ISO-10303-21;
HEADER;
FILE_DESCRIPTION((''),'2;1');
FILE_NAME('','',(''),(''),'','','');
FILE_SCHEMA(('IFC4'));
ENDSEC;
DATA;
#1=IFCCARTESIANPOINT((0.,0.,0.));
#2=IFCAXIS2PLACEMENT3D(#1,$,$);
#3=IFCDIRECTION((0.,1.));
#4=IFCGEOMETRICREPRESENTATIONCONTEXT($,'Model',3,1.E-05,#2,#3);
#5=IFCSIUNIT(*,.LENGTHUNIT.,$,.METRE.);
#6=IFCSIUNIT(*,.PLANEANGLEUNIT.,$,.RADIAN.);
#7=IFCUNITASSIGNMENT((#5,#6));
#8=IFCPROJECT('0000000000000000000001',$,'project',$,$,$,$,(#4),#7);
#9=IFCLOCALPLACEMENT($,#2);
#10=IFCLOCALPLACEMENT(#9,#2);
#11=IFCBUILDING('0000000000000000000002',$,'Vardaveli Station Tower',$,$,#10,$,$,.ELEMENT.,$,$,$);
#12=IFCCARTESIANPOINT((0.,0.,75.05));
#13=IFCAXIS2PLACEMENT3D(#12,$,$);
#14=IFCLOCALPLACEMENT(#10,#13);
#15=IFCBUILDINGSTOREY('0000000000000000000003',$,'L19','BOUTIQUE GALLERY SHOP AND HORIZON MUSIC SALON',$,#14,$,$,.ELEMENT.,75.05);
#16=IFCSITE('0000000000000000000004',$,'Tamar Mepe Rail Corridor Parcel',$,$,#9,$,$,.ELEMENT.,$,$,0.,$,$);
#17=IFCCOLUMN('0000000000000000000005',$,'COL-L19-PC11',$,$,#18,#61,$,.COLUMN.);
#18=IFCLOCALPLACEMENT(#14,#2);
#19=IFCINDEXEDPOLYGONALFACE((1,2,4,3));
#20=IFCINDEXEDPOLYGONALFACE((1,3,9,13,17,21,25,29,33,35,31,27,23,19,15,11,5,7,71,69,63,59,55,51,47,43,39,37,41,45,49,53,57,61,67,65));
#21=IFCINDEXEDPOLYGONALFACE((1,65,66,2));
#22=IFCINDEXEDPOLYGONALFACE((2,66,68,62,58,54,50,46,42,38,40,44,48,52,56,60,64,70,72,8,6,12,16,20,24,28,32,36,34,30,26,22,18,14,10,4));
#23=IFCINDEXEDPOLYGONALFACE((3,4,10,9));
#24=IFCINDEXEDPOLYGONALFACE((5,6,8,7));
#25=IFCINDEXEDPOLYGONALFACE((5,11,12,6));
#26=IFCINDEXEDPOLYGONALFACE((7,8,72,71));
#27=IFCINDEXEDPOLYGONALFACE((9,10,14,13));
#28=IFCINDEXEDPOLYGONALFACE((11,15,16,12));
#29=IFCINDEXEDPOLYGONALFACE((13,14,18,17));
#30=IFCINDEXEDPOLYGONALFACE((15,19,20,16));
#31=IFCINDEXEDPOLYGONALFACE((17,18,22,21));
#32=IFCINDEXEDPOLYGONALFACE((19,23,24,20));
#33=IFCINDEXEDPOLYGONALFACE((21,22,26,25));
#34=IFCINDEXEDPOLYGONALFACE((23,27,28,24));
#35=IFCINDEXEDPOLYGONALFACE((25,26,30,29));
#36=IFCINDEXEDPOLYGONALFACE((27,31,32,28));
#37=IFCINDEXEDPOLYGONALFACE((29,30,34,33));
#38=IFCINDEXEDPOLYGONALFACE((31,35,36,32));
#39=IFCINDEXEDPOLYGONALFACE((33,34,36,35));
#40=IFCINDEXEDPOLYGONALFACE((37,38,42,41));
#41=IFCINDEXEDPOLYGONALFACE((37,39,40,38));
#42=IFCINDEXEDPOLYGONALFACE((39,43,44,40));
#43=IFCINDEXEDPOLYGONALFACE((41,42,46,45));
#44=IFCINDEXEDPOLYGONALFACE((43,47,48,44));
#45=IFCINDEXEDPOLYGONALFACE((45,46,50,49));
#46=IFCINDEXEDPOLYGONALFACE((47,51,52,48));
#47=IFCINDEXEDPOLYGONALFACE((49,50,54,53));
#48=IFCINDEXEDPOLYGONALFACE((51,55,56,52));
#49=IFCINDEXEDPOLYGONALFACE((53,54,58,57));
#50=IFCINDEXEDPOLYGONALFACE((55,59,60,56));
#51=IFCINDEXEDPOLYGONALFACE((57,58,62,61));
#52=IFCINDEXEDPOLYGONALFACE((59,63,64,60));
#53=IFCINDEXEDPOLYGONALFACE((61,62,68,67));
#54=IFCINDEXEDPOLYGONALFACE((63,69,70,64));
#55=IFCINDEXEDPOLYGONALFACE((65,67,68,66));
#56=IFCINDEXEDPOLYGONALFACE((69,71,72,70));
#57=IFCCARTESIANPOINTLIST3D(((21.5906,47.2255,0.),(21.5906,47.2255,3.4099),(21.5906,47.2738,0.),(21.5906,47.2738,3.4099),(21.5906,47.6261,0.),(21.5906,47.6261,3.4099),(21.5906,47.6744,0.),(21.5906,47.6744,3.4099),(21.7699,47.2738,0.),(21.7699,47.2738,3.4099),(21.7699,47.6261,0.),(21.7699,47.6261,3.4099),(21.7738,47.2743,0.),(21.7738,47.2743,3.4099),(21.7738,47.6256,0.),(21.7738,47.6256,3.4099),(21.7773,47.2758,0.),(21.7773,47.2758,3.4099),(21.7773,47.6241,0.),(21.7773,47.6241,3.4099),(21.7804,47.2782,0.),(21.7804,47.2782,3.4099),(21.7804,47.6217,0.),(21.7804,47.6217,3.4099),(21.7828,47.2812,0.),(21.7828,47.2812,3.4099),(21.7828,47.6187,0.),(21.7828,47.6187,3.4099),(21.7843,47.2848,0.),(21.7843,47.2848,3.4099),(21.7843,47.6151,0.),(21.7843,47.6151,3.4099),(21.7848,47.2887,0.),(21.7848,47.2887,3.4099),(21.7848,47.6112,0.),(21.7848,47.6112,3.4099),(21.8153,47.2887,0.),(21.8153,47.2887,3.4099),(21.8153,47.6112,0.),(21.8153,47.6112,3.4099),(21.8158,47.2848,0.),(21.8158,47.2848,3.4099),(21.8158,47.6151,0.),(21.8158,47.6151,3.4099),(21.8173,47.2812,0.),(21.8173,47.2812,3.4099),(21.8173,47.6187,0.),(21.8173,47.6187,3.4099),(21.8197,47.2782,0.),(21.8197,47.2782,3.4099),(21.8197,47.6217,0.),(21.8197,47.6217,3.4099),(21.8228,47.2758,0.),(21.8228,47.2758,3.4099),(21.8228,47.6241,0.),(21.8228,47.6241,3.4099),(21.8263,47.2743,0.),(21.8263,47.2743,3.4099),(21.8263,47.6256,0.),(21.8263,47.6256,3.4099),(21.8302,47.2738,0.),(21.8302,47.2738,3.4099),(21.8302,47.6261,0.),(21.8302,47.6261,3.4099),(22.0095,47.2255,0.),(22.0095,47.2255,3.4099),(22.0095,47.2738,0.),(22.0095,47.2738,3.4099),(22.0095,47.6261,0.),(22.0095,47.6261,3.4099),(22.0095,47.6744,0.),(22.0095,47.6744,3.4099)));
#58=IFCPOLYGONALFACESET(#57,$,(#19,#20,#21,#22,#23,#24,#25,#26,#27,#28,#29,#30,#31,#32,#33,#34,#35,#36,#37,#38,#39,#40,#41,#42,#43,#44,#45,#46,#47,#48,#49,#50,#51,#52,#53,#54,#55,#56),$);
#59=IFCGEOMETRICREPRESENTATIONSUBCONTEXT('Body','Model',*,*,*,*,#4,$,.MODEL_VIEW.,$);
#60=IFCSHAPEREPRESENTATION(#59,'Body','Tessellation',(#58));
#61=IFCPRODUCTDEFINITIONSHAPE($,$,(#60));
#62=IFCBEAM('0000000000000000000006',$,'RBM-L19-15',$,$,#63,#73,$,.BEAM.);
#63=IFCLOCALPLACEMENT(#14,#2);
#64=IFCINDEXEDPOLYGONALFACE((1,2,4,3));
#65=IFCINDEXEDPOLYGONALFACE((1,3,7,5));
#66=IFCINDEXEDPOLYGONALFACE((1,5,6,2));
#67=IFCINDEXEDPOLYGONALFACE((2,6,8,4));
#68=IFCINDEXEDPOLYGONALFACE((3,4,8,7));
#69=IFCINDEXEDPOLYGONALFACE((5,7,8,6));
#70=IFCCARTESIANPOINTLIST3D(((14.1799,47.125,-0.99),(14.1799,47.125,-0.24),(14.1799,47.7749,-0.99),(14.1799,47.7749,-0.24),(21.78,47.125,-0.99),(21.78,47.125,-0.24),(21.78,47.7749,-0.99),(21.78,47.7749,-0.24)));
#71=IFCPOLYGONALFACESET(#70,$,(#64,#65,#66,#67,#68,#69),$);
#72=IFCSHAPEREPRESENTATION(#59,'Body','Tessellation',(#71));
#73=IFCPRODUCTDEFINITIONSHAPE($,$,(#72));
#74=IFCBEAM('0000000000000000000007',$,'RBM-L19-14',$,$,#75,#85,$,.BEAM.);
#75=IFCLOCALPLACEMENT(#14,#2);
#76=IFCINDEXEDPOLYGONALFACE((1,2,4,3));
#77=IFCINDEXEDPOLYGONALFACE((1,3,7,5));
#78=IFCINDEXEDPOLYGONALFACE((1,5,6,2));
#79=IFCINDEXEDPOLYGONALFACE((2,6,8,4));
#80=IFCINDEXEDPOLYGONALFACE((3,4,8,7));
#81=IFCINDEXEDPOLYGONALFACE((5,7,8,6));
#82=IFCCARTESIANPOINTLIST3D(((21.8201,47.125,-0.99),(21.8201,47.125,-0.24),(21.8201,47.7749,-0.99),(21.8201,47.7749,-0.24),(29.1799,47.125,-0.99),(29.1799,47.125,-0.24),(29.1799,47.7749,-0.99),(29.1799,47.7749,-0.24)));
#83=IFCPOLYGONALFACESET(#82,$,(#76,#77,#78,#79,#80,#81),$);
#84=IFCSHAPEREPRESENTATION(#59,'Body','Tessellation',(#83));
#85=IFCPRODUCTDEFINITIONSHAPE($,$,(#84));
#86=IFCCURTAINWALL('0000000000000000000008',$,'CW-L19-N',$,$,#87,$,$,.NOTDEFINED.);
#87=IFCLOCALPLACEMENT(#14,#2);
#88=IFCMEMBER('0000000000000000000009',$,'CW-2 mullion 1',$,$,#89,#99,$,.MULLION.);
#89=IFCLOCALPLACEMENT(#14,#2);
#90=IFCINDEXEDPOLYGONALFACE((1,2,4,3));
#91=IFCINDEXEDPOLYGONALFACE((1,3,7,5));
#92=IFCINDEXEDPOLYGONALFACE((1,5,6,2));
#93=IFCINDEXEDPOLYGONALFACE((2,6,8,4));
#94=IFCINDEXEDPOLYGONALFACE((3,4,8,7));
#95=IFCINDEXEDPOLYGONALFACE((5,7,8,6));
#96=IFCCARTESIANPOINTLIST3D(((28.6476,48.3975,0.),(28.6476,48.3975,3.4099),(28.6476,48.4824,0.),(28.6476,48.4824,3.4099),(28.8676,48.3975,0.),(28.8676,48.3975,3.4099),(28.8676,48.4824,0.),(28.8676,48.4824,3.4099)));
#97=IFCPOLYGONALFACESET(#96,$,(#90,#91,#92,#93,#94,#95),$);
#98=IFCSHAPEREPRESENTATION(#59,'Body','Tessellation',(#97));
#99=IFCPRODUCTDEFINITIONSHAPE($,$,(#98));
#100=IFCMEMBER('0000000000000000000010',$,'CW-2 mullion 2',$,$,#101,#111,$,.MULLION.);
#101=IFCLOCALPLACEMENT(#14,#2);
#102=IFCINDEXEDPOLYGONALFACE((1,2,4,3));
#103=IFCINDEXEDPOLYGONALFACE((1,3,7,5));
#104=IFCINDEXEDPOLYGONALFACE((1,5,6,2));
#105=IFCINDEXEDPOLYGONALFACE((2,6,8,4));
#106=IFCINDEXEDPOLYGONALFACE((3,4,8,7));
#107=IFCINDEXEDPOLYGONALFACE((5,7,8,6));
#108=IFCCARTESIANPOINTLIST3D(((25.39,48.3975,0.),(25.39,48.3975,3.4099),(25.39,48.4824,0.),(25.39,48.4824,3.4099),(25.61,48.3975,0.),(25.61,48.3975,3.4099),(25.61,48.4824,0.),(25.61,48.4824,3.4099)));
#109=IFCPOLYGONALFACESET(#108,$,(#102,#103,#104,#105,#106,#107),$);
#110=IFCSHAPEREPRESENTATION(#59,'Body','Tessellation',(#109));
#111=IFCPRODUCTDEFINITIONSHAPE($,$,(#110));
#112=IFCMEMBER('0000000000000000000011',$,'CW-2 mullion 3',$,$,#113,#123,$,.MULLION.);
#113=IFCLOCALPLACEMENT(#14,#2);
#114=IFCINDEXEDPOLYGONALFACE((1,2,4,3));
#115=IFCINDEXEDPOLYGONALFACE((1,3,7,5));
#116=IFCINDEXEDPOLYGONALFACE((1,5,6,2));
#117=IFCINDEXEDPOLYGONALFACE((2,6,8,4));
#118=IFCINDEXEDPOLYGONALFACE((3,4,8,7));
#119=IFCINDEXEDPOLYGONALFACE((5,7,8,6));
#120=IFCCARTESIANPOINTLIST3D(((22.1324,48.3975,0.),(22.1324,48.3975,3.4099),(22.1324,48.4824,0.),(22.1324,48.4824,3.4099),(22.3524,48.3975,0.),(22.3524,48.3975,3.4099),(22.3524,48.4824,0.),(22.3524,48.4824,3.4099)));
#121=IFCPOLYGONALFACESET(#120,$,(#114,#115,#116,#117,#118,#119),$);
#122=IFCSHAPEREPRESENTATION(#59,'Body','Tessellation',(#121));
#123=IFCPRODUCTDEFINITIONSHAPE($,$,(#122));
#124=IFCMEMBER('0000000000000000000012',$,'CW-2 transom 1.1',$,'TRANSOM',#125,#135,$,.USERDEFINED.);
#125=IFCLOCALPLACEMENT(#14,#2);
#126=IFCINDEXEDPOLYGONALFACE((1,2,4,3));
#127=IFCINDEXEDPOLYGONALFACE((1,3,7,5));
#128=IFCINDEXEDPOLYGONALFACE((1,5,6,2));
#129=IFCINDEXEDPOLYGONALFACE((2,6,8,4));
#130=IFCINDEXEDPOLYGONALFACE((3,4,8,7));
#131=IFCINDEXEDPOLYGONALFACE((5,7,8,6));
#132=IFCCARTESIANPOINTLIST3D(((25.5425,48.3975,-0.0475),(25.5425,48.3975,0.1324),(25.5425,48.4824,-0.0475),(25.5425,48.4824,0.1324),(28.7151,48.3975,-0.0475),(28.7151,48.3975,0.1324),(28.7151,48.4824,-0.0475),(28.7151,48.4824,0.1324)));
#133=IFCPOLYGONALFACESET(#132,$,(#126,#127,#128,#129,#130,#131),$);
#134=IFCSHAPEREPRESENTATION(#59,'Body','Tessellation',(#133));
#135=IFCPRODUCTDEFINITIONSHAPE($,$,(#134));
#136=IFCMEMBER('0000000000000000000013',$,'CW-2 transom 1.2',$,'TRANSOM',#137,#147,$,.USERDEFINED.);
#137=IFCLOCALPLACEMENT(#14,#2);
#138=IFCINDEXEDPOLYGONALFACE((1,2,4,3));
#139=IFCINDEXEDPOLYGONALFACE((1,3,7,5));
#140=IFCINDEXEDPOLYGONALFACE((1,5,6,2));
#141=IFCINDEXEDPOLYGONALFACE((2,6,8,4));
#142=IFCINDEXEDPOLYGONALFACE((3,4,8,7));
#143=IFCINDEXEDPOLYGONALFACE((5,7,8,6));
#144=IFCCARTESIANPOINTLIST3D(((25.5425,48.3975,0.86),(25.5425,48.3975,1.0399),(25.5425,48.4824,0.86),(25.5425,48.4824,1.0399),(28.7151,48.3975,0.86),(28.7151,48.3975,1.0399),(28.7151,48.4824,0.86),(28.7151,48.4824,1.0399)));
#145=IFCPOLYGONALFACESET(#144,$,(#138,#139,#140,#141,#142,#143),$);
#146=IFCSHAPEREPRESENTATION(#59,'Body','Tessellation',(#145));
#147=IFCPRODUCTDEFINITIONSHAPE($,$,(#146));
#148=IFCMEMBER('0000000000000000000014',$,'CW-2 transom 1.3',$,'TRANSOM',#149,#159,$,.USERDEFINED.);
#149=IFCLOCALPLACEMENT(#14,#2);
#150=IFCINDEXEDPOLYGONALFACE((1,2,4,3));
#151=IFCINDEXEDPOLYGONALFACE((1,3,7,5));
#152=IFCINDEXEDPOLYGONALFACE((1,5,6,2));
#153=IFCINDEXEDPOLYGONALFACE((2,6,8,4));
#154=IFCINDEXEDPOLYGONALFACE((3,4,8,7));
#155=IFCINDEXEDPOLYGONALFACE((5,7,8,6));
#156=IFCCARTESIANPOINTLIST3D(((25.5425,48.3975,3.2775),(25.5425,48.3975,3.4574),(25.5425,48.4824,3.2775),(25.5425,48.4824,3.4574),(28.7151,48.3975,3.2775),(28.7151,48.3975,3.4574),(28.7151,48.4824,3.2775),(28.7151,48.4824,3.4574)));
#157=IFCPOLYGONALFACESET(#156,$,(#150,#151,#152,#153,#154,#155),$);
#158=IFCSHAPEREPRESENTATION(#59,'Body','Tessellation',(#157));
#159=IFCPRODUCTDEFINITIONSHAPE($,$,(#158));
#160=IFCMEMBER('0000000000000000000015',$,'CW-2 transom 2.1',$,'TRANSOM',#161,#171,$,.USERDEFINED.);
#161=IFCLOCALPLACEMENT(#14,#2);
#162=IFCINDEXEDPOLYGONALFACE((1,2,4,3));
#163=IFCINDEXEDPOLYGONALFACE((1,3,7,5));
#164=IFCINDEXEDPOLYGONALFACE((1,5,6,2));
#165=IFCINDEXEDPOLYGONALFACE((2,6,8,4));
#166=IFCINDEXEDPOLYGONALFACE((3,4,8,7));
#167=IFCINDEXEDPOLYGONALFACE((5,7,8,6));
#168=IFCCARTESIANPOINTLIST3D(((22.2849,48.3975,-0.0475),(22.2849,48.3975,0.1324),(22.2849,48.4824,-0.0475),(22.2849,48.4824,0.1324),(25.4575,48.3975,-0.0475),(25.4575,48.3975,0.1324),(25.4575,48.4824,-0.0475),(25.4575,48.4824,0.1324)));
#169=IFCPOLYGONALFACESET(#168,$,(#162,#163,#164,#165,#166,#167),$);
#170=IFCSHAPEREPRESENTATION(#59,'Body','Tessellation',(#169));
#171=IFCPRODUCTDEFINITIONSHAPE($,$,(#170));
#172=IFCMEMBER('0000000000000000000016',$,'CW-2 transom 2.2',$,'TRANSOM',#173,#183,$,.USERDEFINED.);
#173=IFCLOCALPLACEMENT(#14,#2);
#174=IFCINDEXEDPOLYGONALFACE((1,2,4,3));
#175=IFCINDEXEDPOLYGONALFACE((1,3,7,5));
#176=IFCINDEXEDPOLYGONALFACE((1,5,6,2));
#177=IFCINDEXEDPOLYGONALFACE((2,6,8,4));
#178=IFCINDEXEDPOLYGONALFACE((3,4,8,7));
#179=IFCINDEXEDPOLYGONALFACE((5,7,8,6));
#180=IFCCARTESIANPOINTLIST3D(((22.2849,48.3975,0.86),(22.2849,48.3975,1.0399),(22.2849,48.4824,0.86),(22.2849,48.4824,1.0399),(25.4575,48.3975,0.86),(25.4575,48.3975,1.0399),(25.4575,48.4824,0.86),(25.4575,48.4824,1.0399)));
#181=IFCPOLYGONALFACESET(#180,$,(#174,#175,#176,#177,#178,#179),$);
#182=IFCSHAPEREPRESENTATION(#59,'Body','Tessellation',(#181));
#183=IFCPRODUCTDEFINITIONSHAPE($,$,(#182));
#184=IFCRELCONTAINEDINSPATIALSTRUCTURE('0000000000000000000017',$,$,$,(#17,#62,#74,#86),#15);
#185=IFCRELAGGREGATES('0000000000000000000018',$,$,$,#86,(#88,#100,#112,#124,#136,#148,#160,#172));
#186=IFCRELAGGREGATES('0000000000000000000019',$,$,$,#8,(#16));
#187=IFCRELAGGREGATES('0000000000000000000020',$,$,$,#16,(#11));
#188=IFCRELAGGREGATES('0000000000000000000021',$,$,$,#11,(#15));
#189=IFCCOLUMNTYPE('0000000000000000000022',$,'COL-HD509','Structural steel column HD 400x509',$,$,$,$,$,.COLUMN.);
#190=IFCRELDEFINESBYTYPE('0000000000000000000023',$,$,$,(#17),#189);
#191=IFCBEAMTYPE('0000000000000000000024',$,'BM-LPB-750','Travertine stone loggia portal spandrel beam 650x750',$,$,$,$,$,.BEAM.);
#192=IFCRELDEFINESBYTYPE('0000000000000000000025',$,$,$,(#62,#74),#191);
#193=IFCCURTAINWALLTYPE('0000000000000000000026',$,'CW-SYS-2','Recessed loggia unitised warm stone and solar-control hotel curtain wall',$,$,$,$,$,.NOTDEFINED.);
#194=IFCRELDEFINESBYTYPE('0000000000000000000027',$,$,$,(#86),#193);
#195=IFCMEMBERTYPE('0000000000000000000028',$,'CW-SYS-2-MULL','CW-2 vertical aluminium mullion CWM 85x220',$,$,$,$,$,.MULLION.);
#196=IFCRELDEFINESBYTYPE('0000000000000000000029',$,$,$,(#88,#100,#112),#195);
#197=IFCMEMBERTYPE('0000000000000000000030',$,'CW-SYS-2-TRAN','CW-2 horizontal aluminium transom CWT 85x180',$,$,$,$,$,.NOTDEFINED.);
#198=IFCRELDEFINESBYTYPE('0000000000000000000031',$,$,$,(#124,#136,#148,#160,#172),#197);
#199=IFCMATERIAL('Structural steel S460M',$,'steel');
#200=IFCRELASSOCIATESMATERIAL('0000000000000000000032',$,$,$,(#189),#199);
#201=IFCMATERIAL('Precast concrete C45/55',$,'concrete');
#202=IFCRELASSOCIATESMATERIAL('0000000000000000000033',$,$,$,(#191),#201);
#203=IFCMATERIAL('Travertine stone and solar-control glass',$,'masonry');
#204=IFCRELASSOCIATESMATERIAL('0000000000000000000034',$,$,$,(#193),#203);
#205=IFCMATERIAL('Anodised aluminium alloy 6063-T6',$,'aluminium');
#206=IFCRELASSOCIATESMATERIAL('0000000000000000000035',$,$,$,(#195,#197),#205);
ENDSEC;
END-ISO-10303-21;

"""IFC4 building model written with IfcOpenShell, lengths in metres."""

from ifc_helpers import new_model, si_unit, direction, frame, origin, origin_2d, place, context, subcontext, project, spatial, rectangle, i_section, extrude, source, transform, mapped, material, material_profile, profile_set, type_object, element, aggregate, save


model = new_model("IFC4")

# Units and contexts
model_context = context("Model", 3, precision=1e-05, world=origin(), true_north=direction((0.0, 1.0)))
body_context = subcontext(model_context, "Body", "Model", "MODEL_VIEW")
ifc_project = project(units=[si_unit("LENGTHUNIT", "METRE"), si_unit("PLANEANGLEUNIT", "RADIAN")], contexts=[model_context])

# Site, building, storey
site_placement = place(None, origin())
site = spatial("IfcSite", under=ifc_project, at=site_placement, Name="Tamar Mepe Rail Corridor Parcel", CompositionType="ELEMENT", RefElevation=0.0)
building_placement = place(site_placement, origin())
building = spatial("IfcBuilding", under=site, at=building_placement, Name="Vardaveli Station Tower", CompositionType="ELEMENT")
storey_placement = place(building_placement, frame((0.0, 0.0, 75.05)))
storey = spatial("IfcBuildingStorey", under=building, at=storey_placement, Name="L19", Description="BOUTIQUE GALLERY SHOP AND HORIZON MUSIC SALON", CompositionType="ELEMENT", Elevation=75.05)

# Column
ifc_material_1 = material(Name="Structural steel S460M", Category="steel")
ifc_material_profile_1 = material_profile(ifc_material_1, i_section(OverallWidth=0.4189, OverallDepth=0.449, WebThickness=0.0305, FlangeThickness=0.0483, FilletRadius=0.0149, at=origin_2d()), Name="HD 400x509")
ifc_profile_set_1 = profile_set([ifc_material_profile_1], Name="Structural steel S460M")
column_type = type_object("IfcColumnType", Name="COL-HD509", Description="Structural steel column HD 400x509", PredefinedType="COLUMN", material=ifc_profile_set_1)
shared_shape_1 = source(origin(), body_context, "Body", "SweptSolid", [
    extrude(i_section(OverallWidth=0.4189, OverallDepth=0.449, WebThickness=0.0305, FlangeThickness=0.0483, FilletRadius=0.0149, at=origin_2d()), origin(), (0.0, 0.0, 1.0), 3.4099),
])
column_placement = place(storey_placement, frame((21.8, 47.45, 0.0), z_axis=(0.0, 0.0, 1.0), x_axis=(1.0, 0.0, 0.0)))
element("IfcColumn", 1, at=column_placement, inside=storey, type_object=column_type, Name="COL-L19-PC11", PredefinedType="COLUMN", context=body_context, shape_type="MappedRepresentation", body=[
    mapped(shared_shape_1, transform((0.0, 0.0, 0.0), scale=1.0)),
])

# Beams
ifc_material_2 = material(Name="Precast concrete C45/55", Category="concrete")
ifc_material_profile_2 = material_profile(ifc_material_2, rectangle(XDim=0.6499, YDim=0.75, at=origin_2d()), Name="LPB 650x750")
ifc_profile_set_2 = profile_set([ifc_material_profile_2], Name="Precast concrete C45/55")
beam_type = type_object("IfcBeamType", Name="BM-LPB-750", Description="Travertine stone loggia portal spandrel beam 650x750", PredefinedType="BEAM", material=ifc_profile_set_2)
shared_shape_2 = source(origin(), body_context, "Body", "SweptSolid", [
    extrude(rectangle(XDim=0.6499, YDim=0.75, at=origin_2d()), origin(), (0.0, 0.0, 1.0), 7.6001),
])
beam_1_placement = place(storey_placement, frame((21.78, 47.45, -0.615), z_axis=(-1.0, 0.0, 0.0), x_axis=(0.0, -1.0, 0.0)))
element("IfcBeam", 2, at=beam_1_placement, inside=storey, type_object=beam_type, Name="RBM-L19-15", PredefinedType="BEAM", context=body_context, shape_type="MappedRepresentation", body=[
    mapped(shared_shape_2, transform((0.0, 0.0, 0.0), scale=1.0)),
])
shared_shape_3 = source(origin(), body_context, "Body", "SweptSolid", [
    extrude(rectangle(XDim=0.6499, YDim=0.75, at=origin_2d()), origin(), (0.0, 0.0, 1.0), 7.3599),
])
beam_2_placement = place(storey_placement, frame((29.1799, 47.45, -0.615), z_axis=(-1.0, 0.0, 0.0), x_axis=(0.0, -1.0, 0.0)))
element("IfcBeam", 3, at=beam_2_placement, inside=storey, type_object=beam_type, Name="RBM-L19-14", PredefinedType="BEAM", context=body_context, shape_type="MappedRepresentation", body=[
    mapped(shared_shape_3, transform((0.0, 0.0, 0.0), scale=1.0)),
])

# Curtain wall, members
ifc_material_3 = material(Name="Travertine stone and solar-control glass", Category="masonry")
curtain_wall_type = type_object("IfcCurtainWallType", Name="CW-SYS-2", Description="Recessed loggia unitised warm stone and solar-control hotel curtain wall", PredefinedType="NOTDEFINED", material=ifc_material_3)
curtain_wall_placement = place(storey_placement, origin())
curtain_wall = element("IfcCurtainWall", 4, at=curtain_wall_placement, inside=storey, type_object=curtain_wall_type, Name="CW-L19-N", PredefinedType="NOTDEFINED")
ifc_material_4 = material(Name="Anodised aluminium alloy 6063-T6", Category="aluminium")
ifc_material_profile_3 = material_profile(ifc_material_4, rectangle(XDim=0.085, YDim=0.22, at=origin_2d()), Name="CWM 85x220")
ifc_profile_set_3 = profile_set([ifc_material_profile_3], Name="Anodised aluminium alloy 6063-T6")
member_type_1 = type_object("IfcMemberType", Name="CW-SYS-2-MULL", Description="CW-2 vertical aluminium mullion CWM 85x220", PredefinedType="MULLION", material=ifc_profile_set_3)
shared_shape_4 = source(origin(), body_context, "Body", "SweptSolid", [
    extrude(rectangle(XDim=0.085, YDim=0.22, at=origin_2d()), origin(), (0.0, 0.0, 1.0), 3.4099),
])
member_1_placement = place(storey_placement, frame((28.7576, 48.4399, 0.0), z_axis=(0.0, 0.0, 1.0), x_axis=(0.0, -1.0, 0.0)))
member_1 = element("IfcMember", 5, at=member_1_placement, type_object=member_type_1, Name="CW-2 mullion 1", PredefinedType="MULLION", context=body_context, shape_type="MappedRepresentation", body=[
    mapped(shared_shape_4, transform((0.0, 0.0, 0.0), scale=1.0)),
])
member_2_placement = place(storey_placement, frame((25.5, 48.4399, 0.0), z_axis=(0.0, 0.0, 1.0), x_axis=(0.0, -1.0, 0.0)))
member_2 = element("IfcMember", 6, at=member_2_placement, type_object=member_type_1, Name="CW-2 mullion 2", PredefinedType="MULLION", context=body_context, shape_type="MappedRepresentation", body=[
    mapped(shared_shape_4, transform((0.0, 0.0, 0.0), scale=1.0)),
])
member_3_placement = place(storey_placement, frame((22.2424, 48.4399, 0.0), z_axis=(0.0, 0.0, 1.0), x_axis=(0.0, -1.0, 0.0)))
member_3 = element("IfcMember", 7, at=member_3_placement, type_object=member_type_1, Name="CW-2 mullion 3", PredefinedType="MULLION", context=body_context, shape_type="MappedRepresentation", body=[
    mapped(shared_shape_4, transform((0.0, 0.0, 0.0), scale=1.0)),
])
ifc_material_profile_4 = material_profile(ifc_material_4, rectangle(XDim=0.085, YDim=0.1799, at=origin_2d()), Name="CWT 85x180")
ifc_profile_set_4 = profile_set([ifc_material_profile_4], Name="Anodised aluminium alloy 6063-T6")
member_type_2 = type_object("IfcMemberType", Name="CW-SYS-2-TRAN", Description="CW-2 horizontal aluminium transom CWT 85x180", PredefinedType="NOTDEFINED", material=ifc_profile_set_4)
shared_shape_5 = source(origin(), body_context, "Body", "SweptSolid", [
    extrude(rectangle(XDim=0.085, YDim=0.1799, at=origin_2d()), origin(), (0.0, 0.0, 1.0), 3.1726),
])
member_4_placement = place(storey_placement, frame((28.7151, 48.4399, 0.0425), z_axis=(-1.0, 0.0, 0.0), x_axis=(0.0, -1.0, 0.0)))
member_4 = element("IfcMember", 8, at=member_4_placement, type_object=member_type_2, Name="CW-2 transom 1.1", ObjectType="TRANSOM", PredefinedType="USERDEFINED", context=body_context, shape_type="MappedRepresentation", body=[
    mapped(shared_shape_5, transform((0.0, 0.0, 0.0), scale=1.0)),
])
member_5_placement = place(storey_placement, frame((28.7151, 48.4399, 0.95), z_axis=(-1.0, 0.0, 0.0), x_axis=(0.0, -1.0, 0.0)))
member_5 = element("IfcMember", 9, at=member_5_placement, type_object=member_type_2, Name="CW-2 transom 1.2", ObjectType="TRANSOM", PredefinedType="USERDEFINED", context=body_context, shape_type="MappedRepresentation", body=[
    mapped(shared_shape_5, transform((0.0, 0.0, 0.0), scale=1.0)),
])
member_6_placement = place(storey_placement, frame((28.7151, 48.4399, 3.3674), z_axis=(-1.0, 0.0, 0.0), x_axis=(0.0, -1.0, 0.0)))
member_6 = element("IfcMember", 10, at=member_6_placement, type_object=member_type_2, Name="CW-2 transom 1.3", ObjectType="TRANSOM", PredefinedType="USERDEFINED", context=body_context, shape_type="MappedRepresentation", body=[
    mapped(shared_shape_5, transform((0.0, 0.0, 0.0), scale=1.0)),
])
member_7_placement = place(storey_placement, frame((25.4575, 48.4399, 0.0425), z_axis=(-1.0, 0.0, 0.0), x_axis=(0.0, -1.0, 0.0)))
member_7 = element("IfcMember", 11, at=member_7_placement, type_object=member_type_2, Name="CW-2 transom 2.1", ObjectType="TRANSOM", PredefinedType="USERDEFINED", context=body_context, shape_type="MappedRepresentation", body=[
    mapped(shared_shape_5, transform((0.0, 0.0, 0.0), scale=1.0)),
])
member_8_placement = place(storey_placement, frame((25.4575, 48.4399, 0.95), z_axis=(-1.0, 0.0, 0.0), x_axis=(0.0, -1.0, 0.0)))
member_8 = element("IfcMember", 12, at=member_8_placement, type_object=member_type_2, Name="CW-2 transom 2.2", ObjectType="TRANSOM", PredefinedType="USERDEFINED", context=body_context, shape_type="MappedRepresentation", body=[
    mapped(shared_shape_5, transform((0.0, 0.0, 0.0), scale=1.0)),
])
aggregate(curtain_wall, [member_1, member_2, member_3, member_4, member_5, member_6, member_7, member_8])

save(model, "model.ifc")
